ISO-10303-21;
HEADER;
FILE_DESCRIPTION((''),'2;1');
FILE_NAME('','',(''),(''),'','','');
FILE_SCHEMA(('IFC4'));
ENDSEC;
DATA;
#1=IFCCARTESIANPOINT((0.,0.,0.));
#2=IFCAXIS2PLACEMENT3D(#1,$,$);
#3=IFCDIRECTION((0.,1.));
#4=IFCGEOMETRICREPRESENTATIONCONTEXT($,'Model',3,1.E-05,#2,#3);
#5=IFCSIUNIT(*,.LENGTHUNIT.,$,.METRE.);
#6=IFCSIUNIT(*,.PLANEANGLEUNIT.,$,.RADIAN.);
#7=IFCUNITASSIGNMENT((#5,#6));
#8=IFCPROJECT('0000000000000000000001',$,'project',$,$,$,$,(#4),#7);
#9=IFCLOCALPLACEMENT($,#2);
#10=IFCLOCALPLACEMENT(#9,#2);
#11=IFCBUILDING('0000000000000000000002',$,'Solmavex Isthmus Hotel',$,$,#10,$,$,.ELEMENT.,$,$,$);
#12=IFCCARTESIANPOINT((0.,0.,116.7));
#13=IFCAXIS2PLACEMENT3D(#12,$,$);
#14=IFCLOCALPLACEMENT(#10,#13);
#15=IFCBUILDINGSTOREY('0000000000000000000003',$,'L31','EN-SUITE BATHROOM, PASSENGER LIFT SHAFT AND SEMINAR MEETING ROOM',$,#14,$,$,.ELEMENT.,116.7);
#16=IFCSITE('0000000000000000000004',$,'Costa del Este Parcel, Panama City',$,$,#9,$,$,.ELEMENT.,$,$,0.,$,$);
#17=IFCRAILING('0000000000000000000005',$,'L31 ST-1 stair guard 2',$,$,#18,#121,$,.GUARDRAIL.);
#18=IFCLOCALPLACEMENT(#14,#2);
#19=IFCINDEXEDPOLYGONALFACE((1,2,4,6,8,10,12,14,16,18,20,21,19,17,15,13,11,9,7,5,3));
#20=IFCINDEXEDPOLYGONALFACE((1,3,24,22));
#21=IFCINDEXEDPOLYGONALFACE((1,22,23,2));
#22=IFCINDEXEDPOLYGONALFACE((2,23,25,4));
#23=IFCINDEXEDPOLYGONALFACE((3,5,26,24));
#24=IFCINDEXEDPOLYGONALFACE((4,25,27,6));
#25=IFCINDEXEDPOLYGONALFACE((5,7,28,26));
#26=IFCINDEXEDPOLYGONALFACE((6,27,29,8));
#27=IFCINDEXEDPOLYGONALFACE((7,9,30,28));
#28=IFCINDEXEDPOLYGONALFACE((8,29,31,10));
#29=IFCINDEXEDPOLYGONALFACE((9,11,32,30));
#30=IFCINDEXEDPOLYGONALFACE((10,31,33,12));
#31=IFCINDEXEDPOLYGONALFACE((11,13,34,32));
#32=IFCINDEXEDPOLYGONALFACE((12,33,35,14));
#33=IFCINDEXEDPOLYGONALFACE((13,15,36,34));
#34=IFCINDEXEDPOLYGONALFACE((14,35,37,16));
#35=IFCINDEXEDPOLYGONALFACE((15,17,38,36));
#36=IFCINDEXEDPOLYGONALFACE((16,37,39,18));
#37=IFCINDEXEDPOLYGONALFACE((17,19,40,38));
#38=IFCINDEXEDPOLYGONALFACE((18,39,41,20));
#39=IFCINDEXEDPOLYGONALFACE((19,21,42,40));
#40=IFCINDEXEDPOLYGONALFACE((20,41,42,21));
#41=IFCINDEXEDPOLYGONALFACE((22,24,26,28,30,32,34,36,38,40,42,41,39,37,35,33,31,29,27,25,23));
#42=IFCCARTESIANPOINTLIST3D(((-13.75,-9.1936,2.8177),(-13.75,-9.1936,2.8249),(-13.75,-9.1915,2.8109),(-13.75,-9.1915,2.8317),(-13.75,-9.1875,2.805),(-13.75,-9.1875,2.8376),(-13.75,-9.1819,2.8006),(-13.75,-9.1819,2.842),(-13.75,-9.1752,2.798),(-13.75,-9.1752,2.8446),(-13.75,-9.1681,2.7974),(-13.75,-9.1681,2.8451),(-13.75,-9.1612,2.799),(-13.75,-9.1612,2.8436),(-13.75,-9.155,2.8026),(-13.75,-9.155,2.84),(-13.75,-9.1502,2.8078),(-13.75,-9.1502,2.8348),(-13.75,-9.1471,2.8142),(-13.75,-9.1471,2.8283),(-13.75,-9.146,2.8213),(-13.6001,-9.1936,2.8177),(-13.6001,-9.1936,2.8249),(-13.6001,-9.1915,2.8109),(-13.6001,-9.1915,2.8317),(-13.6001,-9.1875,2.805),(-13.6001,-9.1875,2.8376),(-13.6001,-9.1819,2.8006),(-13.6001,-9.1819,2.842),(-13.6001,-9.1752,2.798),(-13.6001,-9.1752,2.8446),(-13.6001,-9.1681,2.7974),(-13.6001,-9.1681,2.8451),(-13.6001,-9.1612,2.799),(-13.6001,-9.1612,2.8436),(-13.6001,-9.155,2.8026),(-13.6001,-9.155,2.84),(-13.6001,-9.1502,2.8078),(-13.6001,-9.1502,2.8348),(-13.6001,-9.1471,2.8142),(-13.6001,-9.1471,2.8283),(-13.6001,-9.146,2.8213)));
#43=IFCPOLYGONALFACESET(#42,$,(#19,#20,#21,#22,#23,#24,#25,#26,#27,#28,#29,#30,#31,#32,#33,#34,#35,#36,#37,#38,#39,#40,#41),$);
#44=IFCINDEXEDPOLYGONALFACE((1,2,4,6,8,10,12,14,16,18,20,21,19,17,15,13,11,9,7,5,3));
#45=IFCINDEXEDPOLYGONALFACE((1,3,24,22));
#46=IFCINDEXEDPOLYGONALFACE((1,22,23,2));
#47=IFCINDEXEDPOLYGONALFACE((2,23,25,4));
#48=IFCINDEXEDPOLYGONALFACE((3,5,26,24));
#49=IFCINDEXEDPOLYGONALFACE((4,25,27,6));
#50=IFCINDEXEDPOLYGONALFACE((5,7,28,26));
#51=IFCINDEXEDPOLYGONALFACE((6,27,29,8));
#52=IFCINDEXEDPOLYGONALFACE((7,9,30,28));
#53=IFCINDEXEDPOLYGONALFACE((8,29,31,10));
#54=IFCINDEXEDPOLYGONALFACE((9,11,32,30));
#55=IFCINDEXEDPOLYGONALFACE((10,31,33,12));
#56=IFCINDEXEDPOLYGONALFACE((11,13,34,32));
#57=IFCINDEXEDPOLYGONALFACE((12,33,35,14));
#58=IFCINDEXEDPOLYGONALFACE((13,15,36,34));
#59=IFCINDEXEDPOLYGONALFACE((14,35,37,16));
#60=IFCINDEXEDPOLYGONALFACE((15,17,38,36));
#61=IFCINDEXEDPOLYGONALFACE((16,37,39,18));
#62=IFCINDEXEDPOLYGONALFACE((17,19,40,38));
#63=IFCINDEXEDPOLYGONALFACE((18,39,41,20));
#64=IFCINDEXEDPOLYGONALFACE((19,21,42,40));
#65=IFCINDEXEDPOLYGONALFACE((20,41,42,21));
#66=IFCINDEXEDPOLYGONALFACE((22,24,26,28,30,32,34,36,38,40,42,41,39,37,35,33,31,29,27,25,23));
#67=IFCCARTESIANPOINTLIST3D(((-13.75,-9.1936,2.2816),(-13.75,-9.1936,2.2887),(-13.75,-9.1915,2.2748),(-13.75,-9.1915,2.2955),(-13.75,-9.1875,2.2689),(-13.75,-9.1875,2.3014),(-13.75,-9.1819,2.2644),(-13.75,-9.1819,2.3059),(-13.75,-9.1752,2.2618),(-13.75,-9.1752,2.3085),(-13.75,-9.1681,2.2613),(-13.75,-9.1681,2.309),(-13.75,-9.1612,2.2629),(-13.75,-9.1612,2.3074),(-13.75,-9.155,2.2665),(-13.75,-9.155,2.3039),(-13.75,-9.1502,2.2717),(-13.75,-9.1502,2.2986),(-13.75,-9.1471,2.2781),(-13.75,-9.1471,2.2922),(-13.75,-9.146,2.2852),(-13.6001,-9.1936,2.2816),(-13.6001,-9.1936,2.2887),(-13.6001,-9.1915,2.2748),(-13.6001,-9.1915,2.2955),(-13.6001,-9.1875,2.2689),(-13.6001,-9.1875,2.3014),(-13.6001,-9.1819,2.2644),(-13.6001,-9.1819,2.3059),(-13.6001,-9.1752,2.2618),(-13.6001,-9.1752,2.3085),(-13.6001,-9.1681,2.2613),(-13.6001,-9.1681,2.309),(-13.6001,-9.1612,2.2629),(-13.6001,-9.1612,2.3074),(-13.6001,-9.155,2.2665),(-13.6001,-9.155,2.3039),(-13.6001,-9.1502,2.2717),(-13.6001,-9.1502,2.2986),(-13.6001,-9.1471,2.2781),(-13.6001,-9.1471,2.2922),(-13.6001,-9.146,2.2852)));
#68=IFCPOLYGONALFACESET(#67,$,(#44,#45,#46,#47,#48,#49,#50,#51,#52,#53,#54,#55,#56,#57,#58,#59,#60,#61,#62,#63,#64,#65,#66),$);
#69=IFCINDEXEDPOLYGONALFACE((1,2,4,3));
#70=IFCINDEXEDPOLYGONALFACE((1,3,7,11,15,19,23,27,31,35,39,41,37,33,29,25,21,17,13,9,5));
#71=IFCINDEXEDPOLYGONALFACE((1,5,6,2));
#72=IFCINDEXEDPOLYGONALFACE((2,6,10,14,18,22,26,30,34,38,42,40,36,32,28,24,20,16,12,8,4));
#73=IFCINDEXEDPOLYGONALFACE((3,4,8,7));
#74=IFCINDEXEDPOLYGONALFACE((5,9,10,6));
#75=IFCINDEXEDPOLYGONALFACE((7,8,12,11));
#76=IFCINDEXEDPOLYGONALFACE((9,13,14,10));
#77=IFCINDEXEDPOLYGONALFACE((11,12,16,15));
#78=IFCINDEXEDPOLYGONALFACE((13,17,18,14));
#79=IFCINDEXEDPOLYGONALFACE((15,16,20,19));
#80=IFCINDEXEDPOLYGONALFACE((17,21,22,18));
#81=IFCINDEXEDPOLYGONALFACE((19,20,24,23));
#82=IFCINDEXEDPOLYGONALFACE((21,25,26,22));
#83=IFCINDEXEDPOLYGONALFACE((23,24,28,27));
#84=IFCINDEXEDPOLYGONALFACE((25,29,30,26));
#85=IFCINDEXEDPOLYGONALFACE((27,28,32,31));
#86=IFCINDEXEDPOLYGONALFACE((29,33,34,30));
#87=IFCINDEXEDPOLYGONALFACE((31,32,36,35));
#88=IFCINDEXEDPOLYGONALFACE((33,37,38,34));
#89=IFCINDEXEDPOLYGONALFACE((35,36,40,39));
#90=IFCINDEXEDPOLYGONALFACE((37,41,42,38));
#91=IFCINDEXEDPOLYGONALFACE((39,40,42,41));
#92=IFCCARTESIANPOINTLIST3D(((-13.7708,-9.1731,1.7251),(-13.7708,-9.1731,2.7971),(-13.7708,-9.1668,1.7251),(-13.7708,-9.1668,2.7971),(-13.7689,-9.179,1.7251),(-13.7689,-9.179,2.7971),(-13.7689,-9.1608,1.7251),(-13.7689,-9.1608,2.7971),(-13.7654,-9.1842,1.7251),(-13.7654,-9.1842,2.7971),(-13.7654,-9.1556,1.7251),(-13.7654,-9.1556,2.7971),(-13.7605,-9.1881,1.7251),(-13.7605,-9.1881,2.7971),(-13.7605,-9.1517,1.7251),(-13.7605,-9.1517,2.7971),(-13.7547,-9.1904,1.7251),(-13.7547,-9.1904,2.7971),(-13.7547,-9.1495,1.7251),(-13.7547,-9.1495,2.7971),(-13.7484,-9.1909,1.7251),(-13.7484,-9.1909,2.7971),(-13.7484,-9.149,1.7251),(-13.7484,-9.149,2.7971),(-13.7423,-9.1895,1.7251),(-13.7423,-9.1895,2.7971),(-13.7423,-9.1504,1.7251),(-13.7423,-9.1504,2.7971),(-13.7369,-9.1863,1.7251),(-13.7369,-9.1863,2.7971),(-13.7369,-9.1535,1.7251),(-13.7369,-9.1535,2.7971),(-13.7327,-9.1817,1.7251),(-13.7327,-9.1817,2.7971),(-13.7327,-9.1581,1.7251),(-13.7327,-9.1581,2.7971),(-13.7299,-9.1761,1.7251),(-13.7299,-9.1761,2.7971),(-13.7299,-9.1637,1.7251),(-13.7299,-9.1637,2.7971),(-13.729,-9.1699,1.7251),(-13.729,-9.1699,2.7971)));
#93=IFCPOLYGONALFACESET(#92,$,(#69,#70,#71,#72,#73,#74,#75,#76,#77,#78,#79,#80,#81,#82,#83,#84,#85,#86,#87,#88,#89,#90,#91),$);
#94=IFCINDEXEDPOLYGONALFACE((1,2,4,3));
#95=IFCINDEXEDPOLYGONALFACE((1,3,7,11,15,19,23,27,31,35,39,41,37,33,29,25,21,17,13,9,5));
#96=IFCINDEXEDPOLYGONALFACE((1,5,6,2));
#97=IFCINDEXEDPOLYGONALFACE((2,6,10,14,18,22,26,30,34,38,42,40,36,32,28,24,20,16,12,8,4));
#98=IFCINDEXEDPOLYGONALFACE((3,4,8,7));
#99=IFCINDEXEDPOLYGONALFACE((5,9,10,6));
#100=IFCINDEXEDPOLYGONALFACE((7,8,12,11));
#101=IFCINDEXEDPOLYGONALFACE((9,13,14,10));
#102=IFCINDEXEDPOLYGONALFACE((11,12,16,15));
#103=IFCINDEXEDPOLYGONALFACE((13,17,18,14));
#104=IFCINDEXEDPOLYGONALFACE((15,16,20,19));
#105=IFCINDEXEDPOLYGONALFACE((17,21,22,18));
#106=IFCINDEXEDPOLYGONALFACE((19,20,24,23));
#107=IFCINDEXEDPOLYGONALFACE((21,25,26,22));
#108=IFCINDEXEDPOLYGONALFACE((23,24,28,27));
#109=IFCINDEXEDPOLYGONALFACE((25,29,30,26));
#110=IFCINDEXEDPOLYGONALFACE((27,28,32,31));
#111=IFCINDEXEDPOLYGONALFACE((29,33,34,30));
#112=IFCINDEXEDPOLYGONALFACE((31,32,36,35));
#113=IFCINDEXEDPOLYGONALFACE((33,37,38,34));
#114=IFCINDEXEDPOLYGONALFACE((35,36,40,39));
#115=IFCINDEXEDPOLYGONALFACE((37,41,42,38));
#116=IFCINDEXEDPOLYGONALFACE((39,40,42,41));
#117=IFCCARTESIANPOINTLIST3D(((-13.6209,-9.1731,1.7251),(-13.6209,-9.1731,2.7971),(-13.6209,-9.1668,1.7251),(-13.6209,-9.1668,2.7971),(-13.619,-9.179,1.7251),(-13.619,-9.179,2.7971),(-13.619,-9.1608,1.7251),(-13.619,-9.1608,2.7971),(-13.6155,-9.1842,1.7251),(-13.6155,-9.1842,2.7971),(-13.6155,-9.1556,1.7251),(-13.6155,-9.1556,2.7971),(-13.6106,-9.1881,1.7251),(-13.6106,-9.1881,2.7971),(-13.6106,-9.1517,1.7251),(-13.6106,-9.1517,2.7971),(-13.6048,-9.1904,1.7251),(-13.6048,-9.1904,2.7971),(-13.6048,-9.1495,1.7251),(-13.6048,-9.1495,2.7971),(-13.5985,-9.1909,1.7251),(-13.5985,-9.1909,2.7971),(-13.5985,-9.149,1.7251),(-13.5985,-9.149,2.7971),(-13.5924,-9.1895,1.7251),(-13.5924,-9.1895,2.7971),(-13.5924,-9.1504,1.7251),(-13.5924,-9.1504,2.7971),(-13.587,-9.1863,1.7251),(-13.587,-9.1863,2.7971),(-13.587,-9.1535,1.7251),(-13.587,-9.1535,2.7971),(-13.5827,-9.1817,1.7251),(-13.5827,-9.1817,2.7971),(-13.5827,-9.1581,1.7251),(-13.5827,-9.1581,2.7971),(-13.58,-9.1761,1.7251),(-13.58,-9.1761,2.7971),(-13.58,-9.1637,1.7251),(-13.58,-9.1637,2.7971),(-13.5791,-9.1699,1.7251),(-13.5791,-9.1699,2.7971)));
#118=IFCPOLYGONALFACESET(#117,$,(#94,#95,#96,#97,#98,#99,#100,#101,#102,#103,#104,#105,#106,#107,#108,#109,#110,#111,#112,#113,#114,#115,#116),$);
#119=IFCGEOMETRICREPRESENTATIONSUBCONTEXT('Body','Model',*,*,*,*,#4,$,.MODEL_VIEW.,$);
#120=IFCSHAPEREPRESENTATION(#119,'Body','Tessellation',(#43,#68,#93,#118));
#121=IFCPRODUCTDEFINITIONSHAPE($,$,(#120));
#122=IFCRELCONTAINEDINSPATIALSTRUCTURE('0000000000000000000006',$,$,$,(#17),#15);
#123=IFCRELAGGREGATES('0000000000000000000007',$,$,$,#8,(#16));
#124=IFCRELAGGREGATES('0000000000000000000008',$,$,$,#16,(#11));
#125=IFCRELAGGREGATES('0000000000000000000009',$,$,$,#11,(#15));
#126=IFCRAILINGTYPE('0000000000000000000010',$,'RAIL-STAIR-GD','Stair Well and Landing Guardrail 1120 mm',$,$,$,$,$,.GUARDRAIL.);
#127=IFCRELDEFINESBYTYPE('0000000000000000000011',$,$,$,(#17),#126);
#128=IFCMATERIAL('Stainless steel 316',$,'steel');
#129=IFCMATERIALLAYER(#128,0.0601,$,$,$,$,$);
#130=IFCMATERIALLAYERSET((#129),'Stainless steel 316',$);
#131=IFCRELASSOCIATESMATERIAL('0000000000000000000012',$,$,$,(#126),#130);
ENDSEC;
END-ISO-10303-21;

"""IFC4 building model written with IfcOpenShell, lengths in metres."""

from ifc_helpers import new_model, si_unit, direction, frame, origin, origin_2d, place, context, subcontext, project, spatial, circle, extrude, material, layer, layer_set, type_object, element, save


model = new_model("IFC4")

# Units and contexts
model_context = context("Model", 3, precision=1e-05, world=origin(), true_north=direction((0.0, 1.0)))
body_context = subcontext(model_context, "Body", "Model", "MODEL_VIEW")
ifc_project = project(units=[si_unit("LENGTHUNIT", "METRE"), si_unit("PLANEANGLEUNIT", "RADIAN")], contexts=[model_context])

# Site, building, storey
site_placement = place(None, origin())
site = spatial("IfcSite", under=ifc_project, at=site_placement, Name="Costa del Este Parcel, Panama City", CompositionType="ELEMENT", RefElevation=0.0)
building_placement = place(site_placement, origin())
building = spatial("IfcBuilding", under=site, at=building_placement, Name="Solmavex Isthmus Hotel", CompositionType="ELEMENT")
storey_placement = place(building_placement, frame((0.0, 0.0, 116.7)))
storey = spatial("IfcBuildingStorey", under=building, at=storey_placement, Name="L31", Description="EN-SUITE BATHROOM, PASSENGER LIFT SHAFT AND SEMINAR MEETING ROOM", CompositionType="ELEMENT", Elevation=116.7)

# Railing
ifc_material_1 = material(Name="Stainless steel 316", Category="steel")
ifc_layer_1 = layer(ifc_material_1, 0.0601)
ifc_layer_set_1 = layer_set([ifc_layer_1], Name="Stainless steel 316")
railing_type_1 = type_object("IfcRailingType", Name="RAIL-STAIR-GD", Description="Stair Well and Landing Guardrail 1120 mm", PredefinedType="GUARDRAIL", material=ifc_layer_set_1)
railing_1_placement = place(storey_placement, frame((-13.75, -9.1699, 1.7251)))
element("IfcRailing", 1, at=railing_1_placement, inside=storey, type_object=railing_type_1, Name="L31 ST-1 stair guard 2", PredefinedType="GUARDRAIL", context=body_context, shape_type="SweptSolid", body=[
    extrude(circle(Radius=0.0239, at=origin_2d()), frame((0.0, 0.0, 1.0962), z_axis=(1.0, 0.0, 0.0), x_axis=(0.0, 1.0, 0.0)), (0.0, 0.0, 1.0), 0.1499),
    extrude(circle(Radius=0.0239, at=origin_2d()), frame((0.0, 0.0, 0.5601), z_axis=(1.0, 0.0, 0.0), x_axis=(0.0, 1.0, 0.0)), (0.0, 0.0, 1.0), 0.1499),
    extrude(circle(Radius=0.021, at=origin_2d()), origin(), (0.0, 0.0, 1.0), 1.072),
    extrude(circle(Radius=0.021, at=origin_2d()), frame((0.1499, 0.0, 0.0)), (0.0, 0.0, 1.0), 1.072),
])

save(model, "model.ifc")
